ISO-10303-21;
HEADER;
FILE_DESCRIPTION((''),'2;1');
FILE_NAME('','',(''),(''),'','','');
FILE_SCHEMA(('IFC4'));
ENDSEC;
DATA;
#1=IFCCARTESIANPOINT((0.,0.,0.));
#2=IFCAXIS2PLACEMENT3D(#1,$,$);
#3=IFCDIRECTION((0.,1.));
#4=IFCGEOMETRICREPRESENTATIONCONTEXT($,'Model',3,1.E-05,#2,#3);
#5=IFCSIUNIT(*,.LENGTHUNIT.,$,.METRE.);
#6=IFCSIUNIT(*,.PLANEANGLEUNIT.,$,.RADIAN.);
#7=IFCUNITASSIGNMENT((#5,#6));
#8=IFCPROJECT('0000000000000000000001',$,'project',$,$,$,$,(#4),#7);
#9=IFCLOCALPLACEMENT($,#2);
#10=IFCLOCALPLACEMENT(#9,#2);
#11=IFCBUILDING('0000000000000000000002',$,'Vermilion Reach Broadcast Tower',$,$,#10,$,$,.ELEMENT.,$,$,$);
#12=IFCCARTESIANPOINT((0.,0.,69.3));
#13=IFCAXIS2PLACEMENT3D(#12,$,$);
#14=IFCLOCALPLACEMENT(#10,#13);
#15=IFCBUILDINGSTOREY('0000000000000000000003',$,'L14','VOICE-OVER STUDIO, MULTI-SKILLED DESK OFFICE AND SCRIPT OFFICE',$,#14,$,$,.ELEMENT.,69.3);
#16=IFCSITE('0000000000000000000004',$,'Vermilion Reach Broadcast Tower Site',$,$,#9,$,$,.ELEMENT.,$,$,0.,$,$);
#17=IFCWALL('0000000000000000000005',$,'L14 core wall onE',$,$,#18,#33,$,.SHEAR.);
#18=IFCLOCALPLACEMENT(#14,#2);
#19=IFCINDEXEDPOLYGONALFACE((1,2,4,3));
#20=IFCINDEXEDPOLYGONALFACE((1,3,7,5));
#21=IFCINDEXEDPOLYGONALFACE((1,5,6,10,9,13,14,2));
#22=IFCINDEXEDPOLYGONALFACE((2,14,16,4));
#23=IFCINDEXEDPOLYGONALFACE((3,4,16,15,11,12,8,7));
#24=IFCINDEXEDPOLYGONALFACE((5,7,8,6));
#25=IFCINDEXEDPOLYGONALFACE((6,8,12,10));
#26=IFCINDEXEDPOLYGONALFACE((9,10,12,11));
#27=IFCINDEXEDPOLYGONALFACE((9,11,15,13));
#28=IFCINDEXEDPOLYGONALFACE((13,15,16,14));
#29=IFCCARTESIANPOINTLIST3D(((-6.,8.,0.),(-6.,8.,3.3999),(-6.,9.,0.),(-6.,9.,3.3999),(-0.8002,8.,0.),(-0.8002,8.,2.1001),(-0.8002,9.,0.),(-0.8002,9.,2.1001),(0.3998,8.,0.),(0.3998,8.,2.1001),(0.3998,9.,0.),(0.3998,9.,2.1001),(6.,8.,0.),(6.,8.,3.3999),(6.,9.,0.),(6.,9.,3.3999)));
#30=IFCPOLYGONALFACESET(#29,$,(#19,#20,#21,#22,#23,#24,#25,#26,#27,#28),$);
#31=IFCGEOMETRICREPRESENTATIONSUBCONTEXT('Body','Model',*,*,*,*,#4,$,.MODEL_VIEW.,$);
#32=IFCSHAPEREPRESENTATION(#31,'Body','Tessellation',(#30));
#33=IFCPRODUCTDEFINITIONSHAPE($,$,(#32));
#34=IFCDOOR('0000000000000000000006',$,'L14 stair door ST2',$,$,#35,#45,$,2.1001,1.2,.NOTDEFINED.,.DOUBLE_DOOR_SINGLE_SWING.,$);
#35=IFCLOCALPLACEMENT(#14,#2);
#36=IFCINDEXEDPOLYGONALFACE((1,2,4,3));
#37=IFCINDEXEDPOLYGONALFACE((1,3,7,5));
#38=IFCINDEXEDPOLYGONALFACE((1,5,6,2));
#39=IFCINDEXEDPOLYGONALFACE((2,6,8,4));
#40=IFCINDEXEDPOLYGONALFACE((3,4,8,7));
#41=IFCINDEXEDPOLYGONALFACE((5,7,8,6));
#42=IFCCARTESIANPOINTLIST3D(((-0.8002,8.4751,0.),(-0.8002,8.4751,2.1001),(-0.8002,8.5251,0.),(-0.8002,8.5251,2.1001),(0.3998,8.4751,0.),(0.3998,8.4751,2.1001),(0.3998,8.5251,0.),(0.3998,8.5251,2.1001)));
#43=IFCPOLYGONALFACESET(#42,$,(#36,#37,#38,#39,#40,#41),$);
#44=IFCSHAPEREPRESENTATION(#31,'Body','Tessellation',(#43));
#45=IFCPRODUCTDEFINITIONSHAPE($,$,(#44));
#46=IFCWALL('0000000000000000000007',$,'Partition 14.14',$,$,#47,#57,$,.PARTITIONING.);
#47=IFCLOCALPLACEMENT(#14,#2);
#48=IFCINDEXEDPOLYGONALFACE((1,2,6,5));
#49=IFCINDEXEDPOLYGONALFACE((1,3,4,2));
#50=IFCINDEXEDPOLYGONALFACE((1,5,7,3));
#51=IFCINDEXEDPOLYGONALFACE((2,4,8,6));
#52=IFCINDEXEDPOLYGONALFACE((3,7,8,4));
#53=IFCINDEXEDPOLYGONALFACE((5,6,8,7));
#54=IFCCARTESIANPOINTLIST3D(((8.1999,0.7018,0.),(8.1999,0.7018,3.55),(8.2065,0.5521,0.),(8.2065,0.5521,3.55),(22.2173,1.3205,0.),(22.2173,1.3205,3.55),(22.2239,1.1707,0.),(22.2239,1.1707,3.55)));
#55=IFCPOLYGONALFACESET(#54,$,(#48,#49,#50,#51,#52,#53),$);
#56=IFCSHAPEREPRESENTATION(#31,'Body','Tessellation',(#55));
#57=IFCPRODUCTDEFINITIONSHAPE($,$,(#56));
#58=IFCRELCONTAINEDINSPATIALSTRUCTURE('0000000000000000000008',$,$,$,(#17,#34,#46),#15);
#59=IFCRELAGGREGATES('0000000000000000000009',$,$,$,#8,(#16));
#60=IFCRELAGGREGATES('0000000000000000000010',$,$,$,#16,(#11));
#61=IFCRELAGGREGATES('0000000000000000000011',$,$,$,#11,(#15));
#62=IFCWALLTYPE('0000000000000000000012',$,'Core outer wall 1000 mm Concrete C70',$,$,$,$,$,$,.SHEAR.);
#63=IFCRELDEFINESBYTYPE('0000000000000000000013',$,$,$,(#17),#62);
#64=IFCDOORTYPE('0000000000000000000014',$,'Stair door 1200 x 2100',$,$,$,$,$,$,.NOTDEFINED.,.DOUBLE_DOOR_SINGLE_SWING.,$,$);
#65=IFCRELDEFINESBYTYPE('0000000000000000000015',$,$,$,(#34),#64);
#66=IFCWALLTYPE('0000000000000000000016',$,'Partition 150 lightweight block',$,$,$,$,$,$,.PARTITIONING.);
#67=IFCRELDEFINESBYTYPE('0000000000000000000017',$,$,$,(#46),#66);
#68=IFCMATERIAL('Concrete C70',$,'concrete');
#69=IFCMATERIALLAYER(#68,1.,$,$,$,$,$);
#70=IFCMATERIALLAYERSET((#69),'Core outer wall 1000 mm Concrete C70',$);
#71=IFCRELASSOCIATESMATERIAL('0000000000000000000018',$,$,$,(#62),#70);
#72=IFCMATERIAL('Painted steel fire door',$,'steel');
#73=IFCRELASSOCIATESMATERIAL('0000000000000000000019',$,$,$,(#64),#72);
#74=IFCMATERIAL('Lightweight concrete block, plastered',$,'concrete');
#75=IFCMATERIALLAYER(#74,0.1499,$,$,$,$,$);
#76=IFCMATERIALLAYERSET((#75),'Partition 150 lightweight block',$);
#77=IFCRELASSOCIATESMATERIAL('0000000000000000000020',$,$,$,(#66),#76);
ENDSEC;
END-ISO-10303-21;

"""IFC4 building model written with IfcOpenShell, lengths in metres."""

from ifc_helpers import new_model, si_unit, direction, frame, frame_2d, origin, place, context, subcontext, project, spatial, rectangle, extrude, material, layer, layer_set, type_object, element, fill, save


model = new_model("IFC4")

# Units and contexts
model_context = context("Model", 3, precision=1e-05, world=origin(), true_north=direction((0.0, 1.0)))
body_context = subcontext(model_context, "Body", "Model", "MODEL_VIEW")
ifc_project = project(units=[si_unit("LENGTHUNIT", "METRE"), si_unit("PLANEANGLEUNIT", "RADIAN")], contexts=[model_context])

# Site, building, storey
site_placement = place(None, origin())
site = spatial("IfcSite", under=ifc_project, at=site_placement, Name="Vermilion Reach Broadcast Tower Site", CompositionType="ELEMENT", RefElevation=0.0)
building_placement = place(site_placement, origin())
building = spatial("IfcBuilding", under=site, at=building_placement, Name="Vermilion Reach Broadcast Tower", CompositionType="ELEMENT")
storey_placement = place(building_placement, frame((0.0, 0.0, 69.3)))
storey = spatial("IfcBuildingStorey", under=building, at=storey_placement, Name="L14", Description="VOICE-OVER STUDIO, MULTI-SKILLED DESK OFFICE AND SCRIPT OFFICE", CompositionType="ELEMENT", Elevation=69.3)

# Wall, opening, door
ifc_material_1 = material(Name="Concrete C70", Category="concrete")
ifc_layer_1 = layer(ifc_material_1, 1.0)
ifc_layer_set_1 = layer_set([ifc_layer_1], Name="Core outer wall 1000 mm Concrete C70")
wall_type_1 = type_object("IfcWallType", Name="Core outer wall 1000 mm Concrete C70", PredefinedType="SHEAR", material=ifc_layer_set_1)
wall_1_placement = place(storey_placement, frame((6.0, 8.5, 0.0), z_axis=(0.0, 0.0, 1.0), x_axis=(-1.0, 0.0, 0.0)))
wall_1 = element("IfcWall", 1, at=wall_1_placement, inside=storey, type_object=wall_type_1, Name="L14 core wall onE", PredefinedType="SHEAR", context=body_context, shape_type="SweptSolid", body=[
    extrude(rectangle(XDim=12.0, YDim=1.0, at=frame_2d((6.0, 0.0))), origin(), (0.0, 0.0, 1.0), 3.3999),
])
opening_placement = place(wall_1_placement, frame((5.6001, 0.0, 0.0)))
opening = element("IfcOpeningElement", 2, at=opening_placement, cuts=wall_1, PredefinedType="OPENING", context=body_context, shape_type="SweptSolid", body=[
    extrude(rectangle(XDim=1.2, YDim=2.1001, at=frame_2d((0.6001, 1.05))), frame((0.0, 0.51, 0.0), z_axis=(0.0, -1.0, 0.0), x_axis=(1.0, 0.0, 0.0)), (0.0, 0.0, 1.0), 1.02),
])
ifc_material_2 = material(Name="Painted steel fire door", Category="steel")
door_type = type_object("IfcDoorType", Name="Stair door 1200 x 2100", OperationType="DOUBLE_DOOR_SINGLE_SWING", PredefinedType="NOTDEFINED", material=ifc_material_2)
door_placement = place(opening_placement, origin())
door = element("IfcDoor", 3, at=door_placement, inside=storey, type_object=door_type, Name="L14 stair door ST2", OperationType="DOUBLE_DOOR_SINGLE_SWING", OverallHeight=2.1001, OverallWidth=1.2, PredefinedType="NOTDEFINED", context=body_context, shape_type="SweptSolid", body=[
    extrude(rectangle(XDim=1.2, YDim=2.1001, at=frame_2d((0.6001, 1.05))), frame((0.0, 0.0249, 0.0), z_axis=(0.0, -1.0, 0.0), x_axis=(1.0, 0.0, 0.0)), (0.0, 0.0, 1.0), 0.05),
])
fill(opening, door)

# Wall
ifc_material_3 = material(Name="Lightweight concrete block, plastered", Category="concrete")
ifc_layer_2 = layer(ifc_material_3, 0.1499)
ifc_layer_set_2 = layer_set([ifc_layer_2], Name="Partition 150 lightweight block")
wall_type_2 = type_object("IfcWallType", Name="Partition 150 lightweight block", PredefinedType="PARTITIONING", material=ifc_layer_set_2)
wall_2_placement = place(storey_placement, frame((22.2207, 1.2456, 0.0), z_axis=(0.0, 0.0, 1.0), x_axis=(-0.999027, -0.044092, 0.0)))
element("IfcWall", 4, at=wall_2_placement, inside=storey, type_object=wall_type_2, Name="Partition 14.14", PredefinedType="PARTITIONING", context=body_context, shape_type="SweptSolid", body=[
    extrude(rectangle(XDim=14.031, YDim=0.1499, at=frame_2d((7.0156, 0.0))), origin(), (0.0, 0.0, 1.0), 3.55),
])

save(model, "model.ifc")
